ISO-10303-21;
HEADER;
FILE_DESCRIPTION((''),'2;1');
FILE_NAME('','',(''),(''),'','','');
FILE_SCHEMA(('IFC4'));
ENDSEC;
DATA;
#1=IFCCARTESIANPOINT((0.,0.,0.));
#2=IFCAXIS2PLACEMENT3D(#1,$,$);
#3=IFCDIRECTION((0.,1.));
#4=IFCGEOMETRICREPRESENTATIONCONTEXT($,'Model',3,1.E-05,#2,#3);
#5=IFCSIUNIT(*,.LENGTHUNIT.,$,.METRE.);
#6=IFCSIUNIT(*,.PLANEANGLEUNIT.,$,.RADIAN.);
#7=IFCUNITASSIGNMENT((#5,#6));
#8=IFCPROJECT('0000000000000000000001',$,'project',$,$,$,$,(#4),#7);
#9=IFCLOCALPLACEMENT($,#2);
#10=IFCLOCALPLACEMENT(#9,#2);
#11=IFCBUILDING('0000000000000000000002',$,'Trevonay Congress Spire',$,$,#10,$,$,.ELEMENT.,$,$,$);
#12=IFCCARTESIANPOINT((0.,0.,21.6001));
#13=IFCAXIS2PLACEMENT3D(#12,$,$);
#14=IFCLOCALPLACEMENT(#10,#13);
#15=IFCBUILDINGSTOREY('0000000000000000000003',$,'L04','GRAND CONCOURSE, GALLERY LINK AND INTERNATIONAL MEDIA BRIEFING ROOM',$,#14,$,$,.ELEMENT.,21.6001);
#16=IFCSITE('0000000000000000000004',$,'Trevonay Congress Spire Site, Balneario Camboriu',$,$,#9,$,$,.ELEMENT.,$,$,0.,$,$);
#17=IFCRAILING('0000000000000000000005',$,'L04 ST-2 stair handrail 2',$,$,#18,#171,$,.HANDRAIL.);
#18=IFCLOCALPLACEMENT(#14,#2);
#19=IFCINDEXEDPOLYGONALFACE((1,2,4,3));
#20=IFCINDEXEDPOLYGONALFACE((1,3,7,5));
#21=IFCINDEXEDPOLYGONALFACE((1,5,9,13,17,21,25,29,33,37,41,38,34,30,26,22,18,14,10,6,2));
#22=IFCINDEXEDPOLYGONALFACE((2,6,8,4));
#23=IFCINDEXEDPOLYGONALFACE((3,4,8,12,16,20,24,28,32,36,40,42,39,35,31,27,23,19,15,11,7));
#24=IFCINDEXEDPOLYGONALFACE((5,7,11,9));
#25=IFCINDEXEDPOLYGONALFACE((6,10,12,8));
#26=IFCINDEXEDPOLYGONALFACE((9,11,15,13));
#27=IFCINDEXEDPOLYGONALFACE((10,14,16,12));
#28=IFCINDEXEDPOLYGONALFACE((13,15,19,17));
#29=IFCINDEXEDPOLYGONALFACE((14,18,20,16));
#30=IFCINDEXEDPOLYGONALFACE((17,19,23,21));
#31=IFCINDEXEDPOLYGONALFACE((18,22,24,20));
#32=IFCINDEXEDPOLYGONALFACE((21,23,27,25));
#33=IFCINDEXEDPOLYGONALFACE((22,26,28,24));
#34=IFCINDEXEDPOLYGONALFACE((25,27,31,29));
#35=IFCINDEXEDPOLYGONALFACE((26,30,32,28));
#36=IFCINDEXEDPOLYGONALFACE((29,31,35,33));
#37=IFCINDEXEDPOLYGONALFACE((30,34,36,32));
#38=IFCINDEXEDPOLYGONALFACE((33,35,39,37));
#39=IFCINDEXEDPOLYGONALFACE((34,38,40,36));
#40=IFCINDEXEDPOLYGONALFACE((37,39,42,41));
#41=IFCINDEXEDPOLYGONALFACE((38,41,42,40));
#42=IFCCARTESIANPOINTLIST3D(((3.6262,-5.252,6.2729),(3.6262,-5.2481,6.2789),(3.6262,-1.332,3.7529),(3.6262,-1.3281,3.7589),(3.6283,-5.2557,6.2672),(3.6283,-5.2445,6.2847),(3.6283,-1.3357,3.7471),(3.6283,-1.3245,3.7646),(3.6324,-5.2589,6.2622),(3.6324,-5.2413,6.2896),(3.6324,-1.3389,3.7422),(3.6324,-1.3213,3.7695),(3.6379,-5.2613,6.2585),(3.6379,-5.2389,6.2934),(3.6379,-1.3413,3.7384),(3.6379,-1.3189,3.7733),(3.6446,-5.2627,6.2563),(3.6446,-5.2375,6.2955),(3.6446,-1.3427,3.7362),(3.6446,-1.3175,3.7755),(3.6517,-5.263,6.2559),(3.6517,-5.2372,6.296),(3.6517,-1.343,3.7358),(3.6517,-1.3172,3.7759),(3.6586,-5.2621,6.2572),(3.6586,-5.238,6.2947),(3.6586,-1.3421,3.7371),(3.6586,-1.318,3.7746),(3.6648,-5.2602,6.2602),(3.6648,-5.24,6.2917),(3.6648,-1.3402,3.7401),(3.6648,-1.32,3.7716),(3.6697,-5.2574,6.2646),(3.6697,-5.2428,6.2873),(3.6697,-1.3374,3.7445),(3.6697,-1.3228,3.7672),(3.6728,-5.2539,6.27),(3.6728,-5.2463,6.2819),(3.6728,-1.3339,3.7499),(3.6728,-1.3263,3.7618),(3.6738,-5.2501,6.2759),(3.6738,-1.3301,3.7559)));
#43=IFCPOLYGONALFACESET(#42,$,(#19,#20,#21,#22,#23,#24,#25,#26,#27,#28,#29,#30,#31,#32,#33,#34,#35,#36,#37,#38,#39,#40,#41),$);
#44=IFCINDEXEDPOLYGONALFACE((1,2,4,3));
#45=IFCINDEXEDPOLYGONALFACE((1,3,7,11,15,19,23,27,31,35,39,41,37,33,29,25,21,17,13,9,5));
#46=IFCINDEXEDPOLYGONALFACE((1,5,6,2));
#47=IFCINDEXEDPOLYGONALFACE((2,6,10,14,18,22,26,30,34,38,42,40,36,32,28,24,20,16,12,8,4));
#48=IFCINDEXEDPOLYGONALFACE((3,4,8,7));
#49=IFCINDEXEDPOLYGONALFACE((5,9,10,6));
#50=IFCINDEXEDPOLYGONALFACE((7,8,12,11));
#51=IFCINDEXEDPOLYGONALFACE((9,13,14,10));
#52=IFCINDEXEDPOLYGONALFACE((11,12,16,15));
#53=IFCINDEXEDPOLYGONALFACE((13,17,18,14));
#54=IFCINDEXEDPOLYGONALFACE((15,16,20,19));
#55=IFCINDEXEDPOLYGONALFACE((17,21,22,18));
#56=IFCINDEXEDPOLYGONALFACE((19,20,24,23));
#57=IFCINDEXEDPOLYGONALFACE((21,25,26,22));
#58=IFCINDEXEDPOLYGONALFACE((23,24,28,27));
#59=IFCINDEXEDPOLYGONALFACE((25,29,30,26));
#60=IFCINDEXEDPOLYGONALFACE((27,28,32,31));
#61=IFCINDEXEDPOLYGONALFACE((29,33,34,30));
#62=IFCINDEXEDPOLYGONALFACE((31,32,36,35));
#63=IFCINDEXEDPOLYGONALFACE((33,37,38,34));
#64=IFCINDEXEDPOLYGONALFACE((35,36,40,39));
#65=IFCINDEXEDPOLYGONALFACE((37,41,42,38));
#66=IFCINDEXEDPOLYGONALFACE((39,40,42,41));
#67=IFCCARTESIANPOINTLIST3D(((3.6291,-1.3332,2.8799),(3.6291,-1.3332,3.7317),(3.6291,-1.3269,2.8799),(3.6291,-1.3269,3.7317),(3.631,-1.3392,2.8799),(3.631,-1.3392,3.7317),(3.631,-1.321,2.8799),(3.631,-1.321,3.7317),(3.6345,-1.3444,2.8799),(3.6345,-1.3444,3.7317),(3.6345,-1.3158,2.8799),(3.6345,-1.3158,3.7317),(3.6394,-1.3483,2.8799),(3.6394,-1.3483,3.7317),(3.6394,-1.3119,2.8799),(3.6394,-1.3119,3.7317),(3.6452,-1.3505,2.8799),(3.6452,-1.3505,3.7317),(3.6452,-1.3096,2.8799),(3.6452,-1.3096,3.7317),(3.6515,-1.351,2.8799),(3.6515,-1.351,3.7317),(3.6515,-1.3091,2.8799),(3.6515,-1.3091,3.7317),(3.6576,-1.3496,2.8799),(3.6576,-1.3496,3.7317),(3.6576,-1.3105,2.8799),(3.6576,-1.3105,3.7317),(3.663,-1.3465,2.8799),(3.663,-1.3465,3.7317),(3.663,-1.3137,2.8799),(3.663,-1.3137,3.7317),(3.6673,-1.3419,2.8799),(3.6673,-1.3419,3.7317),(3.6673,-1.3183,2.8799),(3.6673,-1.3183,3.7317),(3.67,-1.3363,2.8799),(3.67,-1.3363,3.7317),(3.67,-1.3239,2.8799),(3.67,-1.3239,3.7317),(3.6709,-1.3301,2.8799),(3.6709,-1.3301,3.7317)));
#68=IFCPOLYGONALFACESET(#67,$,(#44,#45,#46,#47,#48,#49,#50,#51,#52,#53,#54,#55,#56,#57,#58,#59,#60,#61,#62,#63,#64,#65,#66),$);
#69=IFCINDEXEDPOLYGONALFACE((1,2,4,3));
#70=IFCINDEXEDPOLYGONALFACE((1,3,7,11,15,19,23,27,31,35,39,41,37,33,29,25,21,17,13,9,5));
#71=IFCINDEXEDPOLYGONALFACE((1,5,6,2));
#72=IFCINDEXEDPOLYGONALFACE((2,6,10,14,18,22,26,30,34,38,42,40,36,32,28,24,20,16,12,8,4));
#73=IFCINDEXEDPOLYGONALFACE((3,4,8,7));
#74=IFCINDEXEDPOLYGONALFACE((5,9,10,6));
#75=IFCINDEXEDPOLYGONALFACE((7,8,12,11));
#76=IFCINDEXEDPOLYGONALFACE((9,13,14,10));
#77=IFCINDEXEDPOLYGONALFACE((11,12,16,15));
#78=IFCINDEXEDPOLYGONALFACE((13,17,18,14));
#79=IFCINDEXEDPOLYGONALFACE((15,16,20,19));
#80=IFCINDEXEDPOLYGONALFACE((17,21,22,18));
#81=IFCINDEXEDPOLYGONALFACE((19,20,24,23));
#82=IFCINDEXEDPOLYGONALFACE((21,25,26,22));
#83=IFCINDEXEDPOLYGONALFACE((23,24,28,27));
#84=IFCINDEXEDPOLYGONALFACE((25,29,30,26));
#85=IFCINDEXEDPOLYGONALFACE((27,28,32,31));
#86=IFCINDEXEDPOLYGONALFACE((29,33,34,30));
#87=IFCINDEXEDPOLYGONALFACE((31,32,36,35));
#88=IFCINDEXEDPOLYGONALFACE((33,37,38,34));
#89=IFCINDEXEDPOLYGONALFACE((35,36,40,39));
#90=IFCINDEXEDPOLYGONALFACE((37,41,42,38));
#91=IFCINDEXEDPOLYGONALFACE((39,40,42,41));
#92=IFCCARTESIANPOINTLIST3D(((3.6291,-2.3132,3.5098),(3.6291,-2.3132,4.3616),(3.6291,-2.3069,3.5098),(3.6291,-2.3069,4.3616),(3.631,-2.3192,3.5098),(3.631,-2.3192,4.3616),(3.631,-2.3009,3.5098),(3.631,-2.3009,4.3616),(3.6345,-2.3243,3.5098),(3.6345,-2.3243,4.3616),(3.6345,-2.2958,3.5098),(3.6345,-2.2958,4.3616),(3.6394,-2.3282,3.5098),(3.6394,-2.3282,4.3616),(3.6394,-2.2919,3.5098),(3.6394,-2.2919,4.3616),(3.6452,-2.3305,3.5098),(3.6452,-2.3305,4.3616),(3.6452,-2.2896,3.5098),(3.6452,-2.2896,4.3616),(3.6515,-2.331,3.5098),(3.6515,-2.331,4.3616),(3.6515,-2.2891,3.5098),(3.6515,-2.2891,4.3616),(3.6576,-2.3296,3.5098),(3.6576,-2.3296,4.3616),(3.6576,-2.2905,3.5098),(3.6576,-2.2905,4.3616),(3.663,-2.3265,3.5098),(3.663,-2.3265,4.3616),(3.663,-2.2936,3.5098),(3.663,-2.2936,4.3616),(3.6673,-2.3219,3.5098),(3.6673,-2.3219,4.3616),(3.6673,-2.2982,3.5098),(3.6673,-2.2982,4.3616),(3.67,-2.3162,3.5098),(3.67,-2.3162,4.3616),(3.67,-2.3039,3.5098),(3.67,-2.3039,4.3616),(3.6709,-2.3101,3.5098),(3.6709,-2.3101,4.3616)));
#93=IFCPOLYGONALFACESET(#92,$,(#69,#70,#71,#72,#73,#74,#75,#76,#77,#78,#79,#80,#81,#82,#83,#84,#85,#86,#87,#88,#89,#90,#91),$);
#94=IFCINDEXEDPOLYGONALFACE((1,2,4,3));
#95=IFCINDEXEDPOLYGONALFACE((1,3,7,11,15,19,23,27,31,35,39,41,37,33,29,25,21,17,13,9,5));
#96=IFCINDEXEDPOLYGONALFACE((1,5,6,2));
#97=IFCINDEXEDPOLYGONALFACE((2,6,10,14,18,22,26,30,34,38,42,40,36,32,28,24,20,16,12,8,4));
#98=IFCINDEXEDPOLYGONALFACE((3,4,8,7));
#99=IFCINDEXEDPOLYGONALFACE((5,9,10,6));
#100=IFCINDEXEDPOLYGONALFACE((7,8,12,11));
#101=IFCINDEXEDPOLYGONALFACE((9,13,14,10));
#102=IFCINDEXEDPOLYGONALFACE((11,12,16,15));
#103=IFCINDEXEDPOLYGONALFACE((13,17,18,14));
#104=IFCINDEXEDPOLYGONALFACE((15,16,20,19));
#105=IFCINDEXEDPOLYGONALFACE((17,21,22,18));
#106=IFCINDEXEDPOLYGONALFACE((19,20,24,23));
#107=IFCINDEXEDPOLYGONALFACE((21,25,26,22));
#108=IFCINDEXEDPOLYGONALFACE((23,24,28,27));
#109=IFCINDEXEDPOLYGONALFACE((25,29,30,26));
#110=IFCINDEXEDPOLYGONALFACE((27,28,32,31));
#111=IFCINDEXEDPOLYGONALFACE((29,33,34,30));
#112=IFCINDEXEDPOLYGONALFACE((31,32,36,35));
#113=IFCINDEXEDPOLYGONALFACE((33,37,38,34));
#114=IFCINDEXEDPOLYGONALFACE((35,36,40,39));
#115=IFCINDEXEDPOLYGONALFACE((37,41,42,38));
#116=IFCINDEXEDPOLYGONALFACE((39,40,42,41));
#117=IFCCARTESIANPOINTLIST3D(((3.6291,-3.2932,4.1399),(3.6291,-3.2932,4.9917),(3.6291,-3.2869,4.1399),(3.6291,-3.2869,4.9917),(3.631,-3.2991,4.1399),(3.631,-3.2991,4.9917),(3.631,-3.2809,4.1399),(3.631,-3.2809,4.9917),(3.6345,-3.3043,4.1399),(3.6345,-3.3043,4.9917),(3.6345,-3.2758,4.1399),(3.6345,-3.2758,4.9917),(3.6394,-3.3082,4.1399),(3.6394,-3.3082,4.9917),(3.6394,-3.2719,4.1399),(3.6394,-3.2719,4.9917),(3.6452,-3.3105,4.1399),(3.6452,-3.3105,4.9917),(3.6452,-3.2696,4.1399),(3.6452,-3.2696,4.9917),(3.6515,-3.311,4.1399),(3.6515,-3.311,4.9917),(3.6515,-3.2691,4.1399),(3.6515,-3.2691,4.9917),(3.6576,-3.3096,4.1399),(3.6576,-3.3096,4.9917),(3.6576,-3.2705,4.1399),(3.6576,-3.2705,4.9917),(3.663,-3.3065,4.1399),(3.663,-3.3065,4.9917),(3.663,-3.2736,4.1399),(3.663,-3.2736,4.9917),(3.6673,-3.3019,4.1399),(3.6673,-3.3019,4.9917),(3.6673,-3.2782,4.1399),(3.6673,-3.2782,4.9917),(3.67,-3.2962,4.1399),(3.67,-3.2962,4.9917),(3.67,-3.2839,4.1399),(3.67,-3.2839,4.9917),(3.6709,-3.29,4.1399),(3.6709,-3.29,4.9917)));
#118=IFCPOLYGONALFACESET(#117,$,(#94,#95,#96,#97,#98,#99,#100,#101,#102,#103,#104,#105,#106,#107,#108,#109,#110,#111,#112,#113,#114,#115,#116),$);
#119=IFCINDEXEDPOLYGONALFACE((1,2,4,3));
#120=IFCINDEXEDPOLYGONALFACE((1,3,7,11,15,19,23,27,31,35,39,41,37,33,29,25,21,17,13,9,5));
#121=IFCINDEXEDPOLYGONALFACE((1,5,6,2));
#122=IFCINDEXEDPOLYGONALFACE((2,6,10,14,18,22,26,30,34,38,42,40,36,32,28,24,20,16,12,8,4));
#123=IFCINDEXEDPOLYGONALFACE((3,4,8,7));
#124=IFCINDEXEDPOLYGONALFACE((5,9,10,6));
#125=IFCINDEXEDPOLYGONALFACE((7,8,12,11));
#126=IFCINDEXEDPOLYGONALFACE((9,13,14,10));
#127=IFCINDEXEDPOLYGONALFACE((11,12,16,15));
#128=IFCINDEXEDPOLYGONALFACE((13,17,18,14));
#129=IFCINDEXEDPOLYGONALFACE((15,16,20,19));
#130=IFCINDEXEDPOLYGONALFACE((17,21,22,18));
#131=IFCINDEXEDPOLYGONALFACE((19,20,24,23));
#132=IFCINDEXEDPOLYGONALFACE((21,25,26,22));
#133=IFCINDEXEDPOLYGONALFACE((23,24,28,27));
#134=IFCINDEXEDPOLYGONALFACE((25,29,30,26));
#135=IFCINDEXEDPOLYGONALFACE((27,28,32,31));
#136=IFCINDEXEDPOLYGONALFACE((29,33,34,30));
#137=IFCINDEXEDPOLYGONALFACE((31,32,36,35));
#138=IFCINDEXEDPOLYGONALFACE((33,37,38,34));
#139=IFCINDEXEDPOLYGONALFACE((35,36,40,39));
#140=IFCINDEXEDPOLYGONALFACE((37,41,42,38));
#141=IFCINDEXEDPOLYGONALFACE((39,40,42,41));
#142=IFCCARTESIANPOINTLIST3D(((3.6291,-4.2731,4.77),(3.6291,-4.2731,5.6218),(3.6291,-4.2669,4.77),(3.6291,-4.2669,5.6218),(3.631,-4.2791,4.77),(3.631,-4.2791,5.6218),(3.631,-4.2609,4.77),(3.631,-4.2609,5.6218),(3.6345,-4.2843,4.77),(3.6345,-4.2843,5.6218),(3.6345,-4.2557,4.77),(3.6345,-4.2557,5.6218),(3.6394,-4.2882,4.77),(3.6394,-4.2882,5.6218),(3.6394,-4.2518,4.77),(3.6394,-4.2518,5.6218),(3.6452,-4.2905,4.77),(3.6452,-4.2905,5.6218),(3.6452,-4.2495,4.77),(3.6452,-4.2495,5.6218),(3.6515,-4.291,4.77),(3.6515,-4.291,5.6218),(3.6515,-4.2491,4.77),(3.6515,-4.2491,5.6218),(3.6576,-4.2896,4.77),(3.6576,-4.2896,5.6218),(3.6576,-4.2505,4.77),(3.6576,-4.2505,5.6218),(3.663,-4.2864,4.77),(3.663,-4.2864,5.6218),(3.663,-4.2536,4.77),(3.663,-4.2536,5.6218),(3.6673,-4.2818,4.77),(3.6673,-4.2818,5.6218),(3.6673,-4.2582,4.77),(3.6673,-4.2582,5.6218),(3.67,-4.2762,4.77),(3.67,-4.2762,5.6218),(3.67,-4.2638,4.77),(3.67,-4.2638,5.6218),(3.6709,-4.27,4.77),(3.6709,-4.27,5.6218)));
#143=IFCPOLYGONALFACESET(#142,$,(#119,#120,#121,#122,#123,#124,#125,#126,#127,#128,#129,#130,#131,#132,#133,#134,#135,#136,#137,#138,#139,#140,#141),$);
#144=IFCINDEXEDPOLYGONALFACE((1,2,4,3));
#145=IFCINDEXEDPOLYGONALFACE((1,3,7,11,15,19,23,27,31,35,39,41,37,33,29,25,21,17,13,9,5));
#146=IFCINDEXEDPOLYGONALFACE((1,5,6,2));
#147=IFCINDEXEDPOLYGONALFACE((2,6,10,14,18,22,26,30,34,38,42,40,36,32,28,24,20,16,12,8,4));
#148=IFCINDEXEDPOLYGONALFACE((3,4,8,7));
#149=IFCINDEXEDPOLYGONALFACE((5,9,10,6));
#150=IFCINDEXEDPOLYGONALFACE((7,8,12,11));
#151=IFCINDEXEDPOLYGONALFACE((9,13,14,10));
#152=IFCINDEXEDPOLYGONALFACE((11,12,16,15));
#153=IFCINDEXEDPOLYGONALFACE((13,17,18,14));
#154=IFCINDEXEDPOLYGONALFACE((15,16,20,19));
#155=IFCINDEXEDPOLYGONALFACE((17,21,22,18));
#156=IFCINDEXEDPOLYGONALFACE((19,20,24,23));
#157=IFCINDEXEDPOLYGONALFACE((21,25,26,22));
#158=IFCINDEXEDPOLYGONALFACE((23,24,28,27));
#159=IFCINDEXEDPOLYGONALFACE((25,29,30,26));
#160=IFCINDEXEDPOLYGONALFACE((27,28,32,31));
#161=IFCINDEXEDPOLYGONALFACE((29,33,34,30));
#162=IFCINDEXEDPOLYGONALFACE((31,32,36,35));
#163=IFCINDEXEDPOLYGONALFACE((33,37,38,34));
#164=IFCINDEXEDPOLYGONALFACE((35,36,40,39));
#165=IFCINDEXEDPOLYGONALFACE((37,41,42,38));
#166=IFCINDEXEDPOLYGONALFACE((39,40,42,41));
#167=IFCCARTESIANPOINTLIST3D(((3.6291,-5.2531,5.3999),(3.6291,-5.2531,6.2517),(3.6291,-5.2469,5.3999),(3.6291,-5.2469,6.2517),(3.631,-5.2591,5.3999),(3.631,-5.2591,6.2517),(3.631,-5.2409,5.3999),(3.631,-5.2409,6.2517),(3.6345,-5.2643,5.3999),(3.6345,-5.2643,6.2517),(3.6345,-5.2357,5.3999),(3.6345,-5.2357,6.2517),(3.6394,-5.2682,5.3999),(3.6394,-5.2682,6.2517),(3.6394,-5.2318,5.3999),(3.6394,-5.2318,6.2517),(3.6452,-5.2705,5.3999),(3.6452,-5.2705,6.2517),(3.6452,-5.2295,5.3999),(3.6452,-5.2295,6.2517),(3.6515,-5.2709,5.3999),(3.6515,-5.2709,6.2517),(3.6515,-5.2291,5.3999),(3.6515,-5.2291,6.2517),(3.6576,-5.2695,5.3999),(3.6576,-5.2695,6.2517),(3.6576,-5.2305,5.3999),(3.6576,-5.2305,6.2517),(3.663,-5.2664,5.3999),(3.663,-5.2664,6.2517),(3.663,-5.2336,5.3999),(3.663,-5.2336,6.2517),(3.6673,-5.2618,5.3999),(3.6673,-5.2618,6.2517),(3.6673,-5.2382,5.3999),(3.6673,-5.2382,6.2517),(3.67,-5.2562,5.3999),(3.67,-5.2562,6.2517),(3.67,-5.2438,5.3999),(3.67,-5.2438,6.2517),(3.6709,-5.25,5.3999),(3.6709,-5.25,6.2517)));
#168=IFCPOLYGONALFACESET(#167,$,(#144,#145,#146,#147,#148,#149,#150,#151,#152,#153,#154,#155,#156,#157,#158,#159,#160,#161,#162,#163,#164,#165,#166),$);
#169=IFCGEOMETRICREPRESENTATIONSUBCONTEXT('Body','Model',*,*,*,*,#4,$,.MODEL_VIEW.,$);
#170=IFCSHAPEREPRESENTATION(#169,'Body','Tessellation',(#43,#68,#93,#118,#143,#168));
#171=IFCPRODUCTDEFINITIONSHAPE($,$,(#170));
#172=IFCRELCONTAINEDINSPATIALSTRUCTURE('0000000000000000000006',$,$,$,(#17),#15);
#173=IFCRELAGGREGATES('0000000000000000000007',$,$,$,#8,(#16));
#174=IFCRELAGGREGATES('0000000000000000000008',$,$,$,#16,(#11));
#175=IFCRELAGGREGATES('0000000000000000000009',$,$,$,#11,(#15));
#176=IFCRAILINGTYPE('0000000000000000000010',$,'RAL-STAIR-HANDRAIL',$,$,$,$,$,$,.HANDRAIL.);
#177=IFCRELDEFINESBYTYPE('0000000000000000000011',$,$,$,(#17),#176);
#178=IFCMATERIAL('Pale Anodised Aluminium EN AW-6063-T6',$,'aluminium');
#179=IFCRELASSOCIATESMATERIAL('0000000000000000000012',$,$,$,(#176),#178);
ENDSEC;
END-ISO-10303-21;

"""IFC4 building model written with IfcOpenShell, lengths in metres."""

from ifc_helpers import new_model, si_unit, direction, frame, origin, origin_2d, place, context, subcontext, project, spatial, circle, extrude, material, type_object, element, save


model = new_model("IFC4")

# Units and contexts
model_context = context("Model", 3, precision=1e-05, world=origin(), true_north=direction((0.0, 1.0)))
body_context = subcontext(model_context, "Body", "Model", "MODEL_VIEW")
ifc_project = project(units=[si_unit("LENGTHUNIT", "METRE"), si_unit("PLANEANGLEUNIT", "RADIAN")], contexts=[model_context])

# Site, building, storey
site_placement = place(None, origin())
site = spatial("IfcSite", under=ifc_project, at=site_placement, Name="Trevonay Congress Spire Site, Balneario Camboriu", CompositionType="ELEMENT", RefElevation=0.0)
building_placement = place(site_placement, origin())
building = spatial("IfcBuilding", under=site, at=building_placement, Name="Trevonay Congress Spire", CompositionType="ELEMENT")
storey_placement = place(building_placement, frame((0.0, 0.0, 21.6001)))
storey = spatial("IfcBuildingStorey", under=building, at=storey_placement, Name="L04", Description="GRAND CONCOURSE, GALLERY LINK AND INTERNATIONAL MEDIA BRIEFING ROOM", CompositionType="ELEMENT", Elevation=21.6001)

# Railing
ifc_material_1 = material(Name="Pale Anodised Aluminium EN AW-6063-T6", Category="aluminium")
railing_type_1 = type_object("IfcRailingType", Name="RAL-STAIR-HANDRAIL", PredefinedType="HANDRAIL", material=ifc_material_1)
railing_1_placement = place(storey_placement, frame((3.6499, -1.3301, 2.8799)))
element("IfcRailing", 1, at=railing_1_placement, inside=storey, type_object=railing_type_1, Name="L04 ST-2 stair handrail 2", PredefinedType="HANDRAIL", context=body_context, shape_type="SweptSolid", body=[
    extrude(circle(Radius=0.0239, at=origin_2d()), frame((0.0, 0.0, 0.876), z_axis=(0.0, -0.841172, 0.540768), x_axis=(1.0, 0.0, 0.0)), (0.0, 0.0, 1.0), 4.6602),
    extrude(circle(Radius=0.021, at=origin_2d()), origin(), (0.0, 0.0, 1.0), 0.8518),
    extrude(circle(Radius=0.021, at=origin_2d()), frame((0.0, -0.98, 0.6299)), (0.0, 0.0, 1.0), 0.8518),
    extrude(circle(Radius=0.021, at=origin_2d()), frame((0.0, -1.96, 1.26)), (0.0, 0.0, 1.0), 0.8518),
    extrude(circle(Radius=0.021, at=origin_2d()), frame((0.0, -2.9399, 1.8901)), (0.0, 0.0, 1.0), 0.8518),
    extrude(circle(Radius=0.021, at=origin_2d()), frame((0.0, -3.9199, 2.52)), (0.0, 0.0, 1.0), 0.8518),
])

save(model, "model.ifc")
